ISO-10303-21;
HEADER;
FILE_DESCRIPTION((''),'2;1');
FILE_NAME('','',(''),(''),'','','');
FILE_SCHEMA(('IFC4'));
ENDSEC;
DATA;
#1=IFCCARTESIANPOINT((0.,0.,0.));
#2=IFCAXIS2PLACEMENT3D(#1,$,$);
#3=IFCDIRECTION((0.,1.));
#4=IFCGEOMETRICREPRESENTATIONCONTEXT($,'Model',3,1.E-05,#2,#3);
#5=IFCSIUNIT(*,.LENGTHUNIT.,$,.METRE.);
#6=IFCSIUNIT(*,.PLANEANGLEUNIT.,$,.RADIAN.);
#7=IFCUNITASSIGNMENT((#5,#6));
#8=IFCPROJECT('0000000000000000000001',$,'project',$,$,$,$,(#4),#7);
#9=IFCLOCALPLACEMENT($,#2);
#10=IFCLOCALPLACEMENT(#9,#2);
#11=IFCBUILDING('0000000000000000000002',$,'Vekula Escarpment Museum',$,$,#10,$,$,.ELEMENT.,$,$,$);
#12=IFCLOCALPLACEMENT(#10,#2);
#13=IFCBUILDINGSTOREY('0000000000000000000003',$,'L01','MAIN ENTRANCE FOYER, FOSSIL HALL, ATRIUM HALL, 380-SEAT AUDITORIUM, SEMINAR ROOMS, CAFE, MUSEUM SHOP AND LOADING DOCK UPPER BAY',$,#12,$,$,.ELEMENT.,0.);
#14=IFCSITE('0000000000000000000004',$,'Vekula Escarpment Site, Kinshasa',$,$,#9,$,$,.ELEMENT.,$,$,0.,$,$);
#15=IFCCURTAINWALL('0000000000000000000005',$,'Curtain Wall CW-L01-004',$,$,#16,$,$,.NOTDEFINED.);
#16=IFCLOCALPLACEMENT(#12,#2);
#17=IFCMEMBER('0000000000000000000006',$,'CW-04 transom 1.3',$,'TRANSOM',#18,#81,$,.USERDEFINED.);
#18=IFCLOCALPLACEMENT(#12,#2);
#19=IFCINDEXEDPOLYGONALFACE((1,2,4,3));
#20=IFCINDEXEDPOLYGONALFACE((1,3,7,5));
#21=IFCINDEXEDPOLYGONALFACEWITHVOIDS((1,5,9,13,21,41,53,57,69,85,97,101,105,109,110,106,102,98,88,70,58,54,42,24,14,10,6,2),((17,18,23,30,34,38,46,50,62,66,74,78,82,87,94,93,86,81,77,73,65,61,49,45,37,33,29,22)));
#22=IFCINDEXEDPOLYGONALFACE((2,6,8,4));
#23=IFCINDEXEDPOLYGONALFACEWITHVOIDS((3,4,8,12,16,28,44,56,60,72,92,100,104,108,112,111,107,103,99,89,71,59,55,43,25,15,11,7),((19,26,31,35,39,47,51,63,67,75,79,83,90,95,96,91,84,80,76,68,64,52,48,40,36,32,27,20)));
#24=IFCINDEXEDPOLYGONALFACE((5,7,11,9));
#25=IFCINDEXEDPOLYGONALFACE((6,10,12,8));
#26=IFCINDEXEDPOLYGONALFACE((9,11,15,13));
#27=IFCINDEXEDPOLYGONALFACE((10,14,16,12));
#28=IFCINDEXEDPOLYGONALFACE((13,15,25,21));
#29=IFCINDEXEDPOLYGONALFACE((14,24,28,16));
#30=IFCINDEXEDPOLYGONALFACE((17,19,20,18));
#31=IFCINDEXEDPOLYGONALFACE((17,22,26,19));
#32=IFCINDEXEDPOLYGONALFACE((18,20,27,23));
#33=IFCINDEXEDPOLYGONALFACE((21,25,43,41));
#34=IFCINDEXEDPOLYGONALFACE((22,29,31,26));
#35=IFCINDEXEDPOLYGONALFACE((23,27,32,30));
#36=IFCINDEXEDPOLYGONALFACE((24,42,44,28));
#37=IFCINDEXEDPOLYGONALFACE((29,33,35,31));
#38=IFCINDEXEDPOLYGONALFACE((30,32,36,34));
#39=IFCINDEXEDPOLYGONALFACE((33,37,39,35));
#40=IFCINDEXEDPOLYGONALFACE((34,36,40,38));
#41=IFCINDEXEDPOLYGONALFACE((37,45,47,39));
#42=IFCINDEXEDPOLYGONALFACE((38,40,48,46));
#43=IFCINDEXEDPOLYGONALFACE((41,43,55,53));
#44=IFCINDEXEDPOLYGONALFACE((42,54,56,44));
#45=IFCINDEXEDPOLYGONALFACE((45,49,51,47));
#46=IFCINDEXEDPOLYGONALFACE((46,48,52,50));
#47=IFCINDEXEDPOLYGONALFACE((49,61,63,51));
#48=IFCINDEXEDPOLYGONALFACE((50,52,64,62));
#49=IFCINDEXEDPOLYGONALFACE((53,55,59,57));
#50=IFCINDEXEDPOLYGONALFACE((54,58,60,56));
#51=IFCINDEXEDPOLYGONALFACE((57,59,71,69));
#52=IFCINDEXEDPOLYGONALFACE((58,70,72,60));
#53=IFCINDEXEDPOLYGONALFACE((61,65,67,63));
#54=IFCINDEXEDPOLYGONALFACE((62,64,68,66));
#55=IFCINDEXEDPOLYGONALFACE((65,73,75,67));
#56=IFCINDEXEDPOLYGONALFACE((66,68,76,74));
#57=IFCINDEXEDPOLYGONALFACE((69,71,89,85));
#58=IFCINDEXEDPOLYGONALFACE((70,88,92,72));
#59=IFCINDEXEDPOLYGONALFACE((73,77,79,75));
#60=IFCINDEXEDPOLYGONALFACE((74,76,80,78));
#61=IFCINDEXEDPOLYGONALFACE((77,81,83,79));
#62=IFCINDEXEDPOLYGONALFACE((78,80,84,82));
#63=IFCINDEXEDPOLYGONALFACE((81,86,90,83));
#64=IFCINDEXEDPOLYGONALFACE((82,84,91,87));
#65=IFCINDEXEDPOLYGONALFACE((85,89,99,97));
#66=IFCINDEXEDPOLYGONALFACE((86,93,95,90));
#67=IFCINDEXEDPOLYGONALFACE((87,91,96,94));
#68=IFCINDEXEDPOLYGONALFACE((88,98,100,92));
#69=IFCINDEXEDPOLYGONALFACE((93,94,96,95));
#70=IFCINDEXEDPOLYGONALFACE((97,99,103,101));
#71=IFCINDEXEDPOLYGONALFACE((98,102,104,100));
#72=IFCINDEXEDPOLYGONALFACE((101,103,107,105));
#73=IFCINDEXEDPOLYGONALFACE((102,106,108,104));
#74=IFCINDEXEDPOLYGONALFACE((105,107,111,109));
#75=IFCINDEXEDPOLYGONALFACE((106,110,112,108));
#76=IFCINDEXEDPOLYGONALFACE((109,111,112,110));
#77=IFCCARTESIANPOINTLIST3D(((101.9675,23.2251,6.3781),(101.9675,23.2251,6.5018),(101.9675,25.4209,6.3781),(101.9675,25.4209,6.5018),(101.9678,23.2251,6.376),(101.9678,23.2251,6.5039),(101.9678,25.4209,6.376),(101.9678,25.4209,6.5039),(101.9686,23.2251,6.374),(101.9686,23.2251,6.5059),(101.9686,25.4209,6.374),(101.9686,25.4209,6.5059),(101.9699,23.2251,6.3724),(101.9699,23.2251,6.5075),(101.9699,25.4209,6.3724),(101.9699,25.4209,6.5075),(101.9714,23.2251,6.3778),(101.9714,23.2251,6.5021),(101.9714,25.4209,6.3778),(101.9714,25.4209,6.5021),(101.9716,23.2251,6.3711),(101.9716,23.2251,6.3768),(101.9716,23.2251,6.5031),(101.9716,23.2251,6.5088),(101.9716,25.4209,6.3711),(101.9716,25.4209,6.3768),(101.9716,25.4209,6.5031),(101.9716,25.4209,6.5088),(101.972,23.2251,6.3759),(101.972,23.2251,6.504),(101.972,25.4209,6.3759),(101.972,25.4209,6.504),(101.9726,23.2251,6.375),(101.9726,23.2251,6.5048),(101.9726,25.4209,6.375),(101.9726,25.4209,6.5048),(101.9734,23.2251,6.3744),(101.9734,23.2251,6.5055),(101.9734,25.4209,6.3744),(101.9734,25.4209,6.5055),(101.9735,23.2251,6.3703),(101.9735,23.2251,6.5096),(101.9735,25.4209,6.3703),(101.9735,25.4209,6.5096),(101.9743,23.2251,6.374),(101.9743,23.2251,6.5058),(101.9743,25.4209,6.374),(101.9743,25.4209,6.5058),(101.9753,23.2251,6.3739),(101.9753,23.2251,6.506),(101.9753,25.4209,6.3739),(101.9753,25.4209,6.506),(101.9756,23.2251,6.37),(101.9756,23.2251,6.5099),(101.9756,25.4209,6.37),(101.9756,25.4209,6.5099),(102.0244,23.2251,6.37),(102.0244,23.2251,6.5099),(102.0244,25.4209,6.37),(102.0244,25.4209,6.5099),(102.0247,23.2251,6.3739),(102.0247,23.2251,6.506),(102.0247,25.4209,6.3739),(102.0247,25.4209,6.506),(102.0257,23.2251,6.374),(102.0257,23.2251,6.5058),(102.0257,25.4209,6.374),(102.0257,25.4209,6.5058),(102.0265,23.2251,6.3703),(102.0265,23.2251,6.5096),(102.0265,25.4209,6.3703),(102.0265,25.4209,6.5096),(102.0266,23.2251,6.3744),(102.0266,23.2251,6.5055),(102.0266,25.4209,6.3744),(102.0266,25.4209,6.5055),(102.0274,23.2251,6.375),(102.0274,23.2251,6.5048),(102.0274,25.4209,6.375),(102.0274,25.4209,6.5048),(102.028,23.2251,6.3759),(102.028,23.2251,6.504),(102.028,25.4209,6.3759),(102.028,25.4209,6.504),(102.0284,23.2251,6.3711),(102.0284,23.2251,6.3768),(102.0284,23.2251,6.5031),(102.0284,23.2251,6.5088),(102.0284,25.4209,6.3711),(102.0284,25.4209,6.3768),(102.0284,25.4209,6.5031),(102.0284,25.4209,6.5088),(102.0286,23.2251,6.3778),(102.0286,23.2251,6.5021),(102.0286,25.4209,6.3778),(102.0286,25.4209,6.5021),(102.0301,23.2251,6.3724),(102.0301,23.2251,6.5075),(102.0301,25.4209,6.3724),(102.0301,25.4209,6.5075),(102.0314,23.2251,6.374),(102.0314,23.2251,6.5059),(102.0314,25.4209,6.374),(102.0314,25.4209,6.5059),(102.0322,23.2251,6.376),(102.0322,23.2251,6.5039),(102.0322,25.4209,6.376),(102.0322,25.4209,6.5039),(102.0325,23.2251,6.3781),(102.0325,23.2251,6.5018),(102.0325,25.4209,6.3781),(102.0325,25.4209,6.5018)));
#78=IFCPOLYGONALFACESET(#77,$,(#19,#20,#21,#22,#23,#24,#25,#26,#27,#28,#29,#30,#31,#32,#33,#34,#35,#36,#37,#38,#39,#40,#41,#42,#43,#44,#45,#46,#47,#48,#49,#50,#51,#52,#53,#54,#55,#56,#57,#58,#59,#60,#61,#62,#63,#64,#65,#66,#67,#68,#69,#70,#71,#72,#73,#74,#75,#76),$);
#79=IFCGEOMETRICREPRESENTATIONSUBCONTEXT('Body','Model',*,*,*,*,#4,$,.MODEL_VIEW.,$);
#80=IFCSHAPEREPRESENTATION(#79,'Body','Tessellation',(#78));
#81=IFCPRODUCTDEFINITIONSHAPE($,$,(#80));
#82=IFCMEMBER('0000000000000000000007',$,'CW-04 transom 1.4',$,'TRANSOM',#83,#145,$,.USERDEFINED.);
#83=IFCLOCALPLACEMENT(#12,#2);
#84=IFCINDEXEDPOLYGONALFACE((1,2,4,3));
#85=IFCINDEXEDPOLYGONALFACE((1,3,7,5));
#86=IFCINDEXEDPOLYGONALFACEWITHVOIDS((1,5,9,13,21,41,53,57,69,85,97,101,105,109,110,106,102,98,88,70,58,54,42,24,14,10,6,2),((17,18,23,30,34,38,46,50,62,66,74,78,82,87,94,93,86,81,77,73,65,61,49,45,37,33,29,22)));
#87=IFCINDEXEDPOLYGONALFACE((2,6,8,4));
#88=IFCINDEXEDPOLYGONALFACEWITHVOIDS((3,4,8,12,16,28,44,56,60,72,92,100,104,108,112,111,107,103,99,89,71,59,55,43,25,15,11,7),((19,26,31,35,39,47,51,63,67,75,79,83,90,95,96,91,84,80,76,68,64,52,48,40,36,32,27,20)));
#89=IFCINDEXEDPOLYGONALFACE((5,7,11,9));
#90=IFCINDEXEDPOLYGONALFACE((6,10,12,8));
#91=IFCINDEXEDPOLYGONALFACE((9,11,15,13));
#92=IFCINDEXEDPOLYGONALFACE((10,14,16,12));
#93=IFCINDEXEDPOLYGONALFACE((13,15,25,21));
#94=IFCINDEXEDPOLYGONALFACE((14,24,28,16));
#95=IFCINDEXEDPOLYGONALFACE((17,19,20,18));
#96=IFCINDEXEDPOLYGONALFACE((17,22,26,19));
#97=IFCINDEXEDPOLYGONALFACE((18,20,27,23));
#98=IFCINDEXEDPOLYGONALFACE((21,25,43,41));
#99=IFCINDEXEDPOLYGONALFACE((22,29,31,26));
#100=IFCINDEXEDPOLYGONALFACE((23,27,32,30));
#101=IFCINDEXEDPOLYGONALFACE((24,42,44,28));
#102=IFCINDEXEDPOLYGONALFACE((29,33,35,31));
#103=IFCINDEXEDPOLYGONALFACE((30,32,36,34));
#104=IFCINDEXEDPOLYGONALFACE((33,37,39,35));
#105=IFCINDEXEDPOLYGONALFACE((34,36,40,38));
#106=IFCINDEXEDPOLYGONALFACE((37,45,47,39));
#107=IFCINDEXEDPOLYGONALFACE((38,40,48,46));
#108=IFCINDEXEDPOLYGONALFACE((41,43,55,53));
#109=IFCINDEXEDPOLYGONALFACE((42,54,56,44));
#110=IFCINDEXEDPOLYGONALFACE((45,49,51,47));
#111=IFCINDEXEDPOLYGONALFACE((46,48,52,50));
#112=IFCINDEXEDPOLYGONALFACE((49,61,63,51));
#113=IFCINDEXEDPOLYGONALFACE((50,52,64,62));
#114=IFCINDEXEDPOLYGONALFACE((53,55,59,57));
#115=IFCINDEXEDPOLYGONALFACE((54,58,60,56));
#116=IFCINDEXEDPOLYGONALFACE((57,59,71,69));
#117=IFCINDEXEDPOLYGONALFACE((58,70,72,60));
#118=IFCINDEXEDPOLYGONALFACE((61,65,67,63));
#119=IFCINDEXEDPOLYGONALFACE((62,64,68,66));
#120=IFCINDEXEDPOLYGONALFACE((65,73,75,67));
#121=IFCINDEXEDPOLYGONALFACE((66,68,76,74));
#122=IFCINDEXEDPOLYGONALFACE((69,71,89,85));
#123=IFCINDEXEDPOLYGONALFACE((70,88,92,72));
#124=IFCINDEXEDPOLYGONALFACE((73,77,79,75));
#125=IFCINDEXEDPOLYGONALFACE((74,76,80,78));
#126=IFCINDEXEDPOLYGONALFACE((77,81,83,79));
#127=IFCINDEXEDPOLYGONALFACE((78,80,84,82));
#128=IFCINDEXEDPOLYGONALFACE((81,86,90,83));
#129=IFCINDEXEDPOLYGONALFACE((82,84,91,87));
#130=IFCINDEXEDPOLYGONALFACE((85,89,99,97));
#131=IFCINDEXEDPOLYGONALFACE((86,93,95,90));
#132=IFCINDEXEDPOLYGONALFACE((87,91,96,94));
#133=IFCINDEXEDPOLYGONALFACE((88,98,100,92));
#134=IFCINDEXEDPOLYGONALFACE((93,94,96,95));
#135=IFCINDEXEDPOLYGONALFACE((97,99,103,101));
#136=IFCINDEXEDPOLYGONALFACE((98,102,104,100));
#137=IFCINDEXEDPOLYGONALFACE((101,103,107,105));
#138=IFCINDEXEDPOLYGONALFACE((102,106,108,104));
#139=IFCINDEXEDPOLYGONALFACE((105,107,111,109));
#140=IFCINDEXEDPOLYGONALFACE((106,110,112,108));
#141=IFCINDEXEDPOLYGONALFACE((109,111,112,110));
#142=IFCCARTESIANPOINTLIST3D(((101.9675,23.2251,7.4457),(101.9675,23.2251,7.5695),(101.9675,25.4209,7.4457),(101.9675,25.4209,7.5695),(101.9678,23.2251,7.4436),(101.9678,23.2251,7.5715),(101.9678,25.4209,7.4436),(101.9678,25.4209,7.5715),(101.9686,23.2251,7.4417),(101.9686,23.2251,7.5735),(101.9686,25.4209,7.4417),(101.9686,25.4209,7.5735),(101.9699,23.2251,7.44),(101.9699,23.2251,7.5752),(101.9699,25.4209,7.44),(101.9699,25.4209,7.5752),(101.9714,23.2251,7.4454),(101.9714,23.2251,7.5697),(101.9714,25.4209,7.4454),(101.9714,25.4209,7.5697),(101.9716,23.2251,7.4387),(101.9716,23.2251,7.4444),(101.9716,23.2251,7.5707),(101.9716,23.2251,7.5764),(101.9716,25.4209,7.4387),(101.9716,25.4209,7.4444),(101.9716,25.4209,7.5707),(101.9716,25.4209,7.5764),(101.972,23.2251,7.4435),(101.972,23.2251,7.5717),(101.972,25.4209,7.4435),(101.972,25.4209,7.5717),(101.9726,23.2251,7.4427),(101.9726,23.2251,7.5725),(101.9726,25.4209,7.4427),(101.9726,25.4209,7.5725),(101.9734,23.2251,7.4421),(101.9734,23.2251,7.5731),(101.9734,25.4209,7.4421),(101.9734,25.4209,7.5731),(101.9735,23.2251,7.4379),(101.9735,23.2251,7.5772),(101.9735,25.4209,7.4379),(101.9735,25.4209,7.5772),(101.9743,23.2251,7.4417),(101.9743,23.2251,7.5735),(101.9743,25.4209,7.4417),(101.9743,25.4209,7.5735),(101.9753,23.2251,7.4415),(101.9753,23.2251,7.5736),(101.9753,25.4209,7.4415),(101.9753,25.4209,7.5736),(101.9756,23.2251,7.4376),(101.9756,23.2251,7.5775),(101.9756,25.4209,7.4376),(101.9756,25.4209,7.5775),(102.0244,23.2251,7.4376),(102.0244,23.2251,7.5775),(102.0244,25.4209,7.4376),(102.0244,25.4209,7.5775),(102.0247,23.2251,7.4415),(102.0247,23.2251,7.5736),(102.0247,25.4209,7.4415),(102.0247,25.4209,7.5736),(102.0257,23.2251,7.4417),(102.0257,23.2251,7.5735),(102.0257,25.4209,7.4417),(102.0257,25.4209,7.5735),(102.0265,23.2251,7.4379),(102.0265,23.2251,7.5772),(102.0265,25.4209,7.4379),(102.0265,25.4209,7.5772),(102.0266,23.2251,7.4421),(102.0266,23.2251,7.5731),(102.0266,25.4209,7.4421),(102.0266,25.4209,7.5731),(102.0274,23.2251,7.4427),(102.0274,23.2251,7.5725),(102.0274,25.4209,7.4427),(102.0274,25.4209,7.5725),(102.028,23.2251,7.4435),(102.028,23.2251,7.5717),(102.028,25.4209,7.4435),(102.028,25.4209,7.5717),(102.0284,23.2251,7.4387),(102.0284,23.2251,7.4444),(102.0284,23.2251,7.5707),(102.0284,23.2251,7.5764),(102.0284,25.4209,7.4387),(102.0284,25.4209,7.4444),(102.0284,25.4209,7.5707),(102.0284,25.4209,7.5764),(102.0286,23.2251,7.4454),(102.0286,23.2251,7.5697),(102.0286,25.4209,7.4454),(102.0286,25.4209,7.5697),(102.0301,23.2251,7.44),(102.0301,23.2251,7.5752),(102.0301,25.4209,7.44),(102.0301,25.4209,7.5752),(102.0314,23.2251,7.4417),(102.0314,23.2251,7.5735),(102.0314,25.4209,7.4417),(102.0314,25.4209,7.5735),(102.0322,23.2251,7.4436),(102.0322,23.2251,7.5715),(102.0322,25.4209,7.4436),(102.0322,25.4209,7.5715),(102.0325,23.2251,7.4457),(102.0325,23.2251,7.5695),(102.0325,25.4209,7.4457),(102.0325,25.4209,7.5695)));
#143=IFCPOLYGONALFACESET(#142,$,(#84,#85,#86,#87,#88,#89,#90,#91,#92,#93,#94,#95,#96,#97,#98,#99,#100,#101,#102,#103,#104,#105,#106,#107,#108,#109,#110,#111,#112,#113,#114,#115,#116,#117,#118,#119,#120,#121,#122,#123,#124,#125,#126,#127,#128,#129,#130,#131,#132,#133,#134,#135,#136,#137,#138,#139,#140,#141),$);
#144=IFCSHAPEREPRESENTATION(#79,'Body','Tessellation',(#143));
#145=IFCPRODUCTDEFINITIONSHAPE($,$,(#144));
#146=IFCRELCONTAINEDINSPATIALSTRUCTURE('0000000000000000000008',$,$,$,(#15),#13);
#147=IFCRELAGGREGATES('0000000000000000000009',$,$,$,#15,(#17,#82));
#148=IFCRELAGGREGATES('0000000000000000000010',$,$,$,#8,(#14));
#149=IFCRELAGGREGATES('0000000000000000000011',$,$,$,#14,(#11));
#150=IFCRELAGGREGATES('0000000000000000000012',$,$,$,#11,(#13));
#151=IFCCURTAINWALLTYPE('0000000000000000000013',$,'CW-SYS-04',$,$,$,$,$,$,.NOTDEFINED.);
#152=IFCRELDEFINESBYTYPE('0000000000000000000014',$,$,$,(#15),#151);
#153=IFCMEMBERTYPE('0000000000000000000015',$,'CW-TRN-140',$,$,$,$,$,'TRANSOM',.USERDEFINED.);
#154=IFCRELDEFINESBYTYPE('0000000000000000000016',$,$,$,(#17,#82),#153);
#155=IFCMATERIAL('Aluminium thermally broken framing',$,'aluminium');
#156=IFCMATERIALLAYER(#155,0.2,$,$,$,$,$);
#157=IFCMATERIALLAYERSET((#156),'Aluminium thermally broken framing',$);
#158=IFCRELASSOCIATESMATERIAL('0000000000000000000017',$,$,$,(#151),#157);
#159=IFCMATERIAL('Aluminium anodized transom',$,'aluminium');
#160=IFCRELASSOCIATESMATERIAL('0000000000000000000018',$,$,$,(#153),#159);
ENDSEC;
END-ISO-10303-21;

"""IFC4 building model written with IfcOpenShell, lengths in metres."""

from ifc_helpers import new_model, si_unit, direction, frame, origin, origin_2d, place, context, subcontext, project, spatial, hollow_rectangle, extrude, material, layer, layer_set, material_profile, profile_set, type_object, element, aggregate, save


model = new_model("IFC4")

# Units and contexts
model_context = context("Model", 3, precision=1e-05, world=origin(), true_north=direction((0.0, 1.0)))
body_context = subcontext(model_context, "Body", "Model", "MODEL_VIEW")
ifc_project = project(units=[si_unit("LENGTHUNIT", "METRE"), si_unit("PLANEANGLEUNIT", "RADIAN")], contexts=[model_context])

# Site, building, storey
site_placement = place(None, origin())
site = spatial("IfcSite", under=ifc_project, at=site_placement, Name="Vekula Escarpment Site, Kinshasa", CompositionType="ELEMENT", RefElevation=0.0)
building_placement = place(site_placement, origin())
building = spatial("IfcBuilding", under=site, at=building_placement, Name="Vekula Escarpment Museum", CompositionType="ELEMENT")
storey_placement = place(building_placement, origin())
storey = spatial("IfcBuildingStorey", under=building, at=storey_placement, Name="L01", Description="MAIN ENTRANCE FOYER, FOSSIL HALL, ATRIUM HALL, 380-SEAT AUDITORIUM, SEMINAR ROOMS, CAFE, MUSEUM SHOP AND LOADING DOCK UPPER BAY", CompositionType="ELEMENT", Elevation=0.0)

# Curtain wall
ifc_material_1 = material(Name="Aluminium thermally broken framing", Category="aluminium")
ifc_layer_1 = layer(ifc_material_1, 0.2)
ifc_layer_set_1 = layer_set([ifc_layer_1], Name="Aluminium thermally broken framing")
curtain_wall_type_1 = type_object("IfcCurtainWallType", Name="CW-SYS-04", PredefinedType="NOTDEFINED", material=ifc_layer_set_1)
curtain_wall_1_placement = place(storey_placement, origin())
curtain_wall_1 = element("IfcCurtainWall", 1, at=curtain_wall_1_placement, inside=storey, type_object=curtain_wall_type_1, Name="Curtain Wall CW-L01-004", PredefinedType="NOTDEFINED")

# Members
ifc_material_2 = material(Name="Aluminium anodized transom", Category="aluminium")
ifc_material_profile_1 = material_profile(ifc_material_2, hollow_rectangle(XDim=0.0649, YDim=0.1399, WallThickness=0.0039, InnerFilletRadius=0.0039, OuterFilletRadius=0.0081, at=origin_2d()), Name="ALU 140x65x4")
ifc_profile_set_1 = profile_set([ifc_material_profile_1], Name="Aluminium anodized transom")
member_type_1 = type_object("IfcMemberType", Name="CW-TRN-140", ElementType="TRANSOM", PredefinedType="USERDEFINED", material=ifc_profile_set_1)
member_1_placement = place(storey_placement, frame((102.0, 23.2251, 6.4399), z_axis=(0.0, 1.0, 0.0), x_axis=(-1.0, 0.0, 0.0)))
member_1 = element("IfcMember", 2, at=member_1_placement, type_object=member_type_1, Name="CW-04 transom 1.3", ObjectType="TRANSOM", PredefinedType="USERDEFINED", context=body_context, shape_type="SweptSolid", body=[
    extrude(hollow_rectangle(XDim=0.0649, YDim=0.1399, WallThickness=0.0039, InnerFilletRadius=0.0039, OuterFilletRadius=0.0081, at=origin_2d()), origin(), (0.0, 0.0, 1.0), 2.1958),
])
member_2_placement = place(storey_placement, frame((102.0, 23.2251, 7.5076), z_axis=(0.0, 1.0, 0.0), x_axis=(-1.0, 0.0, 0.0)))
member_2 = element("IfcMember", 3, at=member_2_placement, type_object=member_type_1, Name="CW-04 transom 1.4", ObjectType="TRANSOM", PredefinedType="USERDEFINED", context=body_context, shape_type="SweptSolid", body=[
    extrude(hollow_rectangle(XDim=0.0649, YDim=0.1399, WallThickness=0.0039, InnerFilletRadius=0.0039, OuterFilletRadius=0.0081, at=origin_2d()), origin(), (0.0, 0.0, 1.0), 2.1958),
])

aggregate(curtain_wall_1, [member_1, member_2])

save(model, "model.ifc")
